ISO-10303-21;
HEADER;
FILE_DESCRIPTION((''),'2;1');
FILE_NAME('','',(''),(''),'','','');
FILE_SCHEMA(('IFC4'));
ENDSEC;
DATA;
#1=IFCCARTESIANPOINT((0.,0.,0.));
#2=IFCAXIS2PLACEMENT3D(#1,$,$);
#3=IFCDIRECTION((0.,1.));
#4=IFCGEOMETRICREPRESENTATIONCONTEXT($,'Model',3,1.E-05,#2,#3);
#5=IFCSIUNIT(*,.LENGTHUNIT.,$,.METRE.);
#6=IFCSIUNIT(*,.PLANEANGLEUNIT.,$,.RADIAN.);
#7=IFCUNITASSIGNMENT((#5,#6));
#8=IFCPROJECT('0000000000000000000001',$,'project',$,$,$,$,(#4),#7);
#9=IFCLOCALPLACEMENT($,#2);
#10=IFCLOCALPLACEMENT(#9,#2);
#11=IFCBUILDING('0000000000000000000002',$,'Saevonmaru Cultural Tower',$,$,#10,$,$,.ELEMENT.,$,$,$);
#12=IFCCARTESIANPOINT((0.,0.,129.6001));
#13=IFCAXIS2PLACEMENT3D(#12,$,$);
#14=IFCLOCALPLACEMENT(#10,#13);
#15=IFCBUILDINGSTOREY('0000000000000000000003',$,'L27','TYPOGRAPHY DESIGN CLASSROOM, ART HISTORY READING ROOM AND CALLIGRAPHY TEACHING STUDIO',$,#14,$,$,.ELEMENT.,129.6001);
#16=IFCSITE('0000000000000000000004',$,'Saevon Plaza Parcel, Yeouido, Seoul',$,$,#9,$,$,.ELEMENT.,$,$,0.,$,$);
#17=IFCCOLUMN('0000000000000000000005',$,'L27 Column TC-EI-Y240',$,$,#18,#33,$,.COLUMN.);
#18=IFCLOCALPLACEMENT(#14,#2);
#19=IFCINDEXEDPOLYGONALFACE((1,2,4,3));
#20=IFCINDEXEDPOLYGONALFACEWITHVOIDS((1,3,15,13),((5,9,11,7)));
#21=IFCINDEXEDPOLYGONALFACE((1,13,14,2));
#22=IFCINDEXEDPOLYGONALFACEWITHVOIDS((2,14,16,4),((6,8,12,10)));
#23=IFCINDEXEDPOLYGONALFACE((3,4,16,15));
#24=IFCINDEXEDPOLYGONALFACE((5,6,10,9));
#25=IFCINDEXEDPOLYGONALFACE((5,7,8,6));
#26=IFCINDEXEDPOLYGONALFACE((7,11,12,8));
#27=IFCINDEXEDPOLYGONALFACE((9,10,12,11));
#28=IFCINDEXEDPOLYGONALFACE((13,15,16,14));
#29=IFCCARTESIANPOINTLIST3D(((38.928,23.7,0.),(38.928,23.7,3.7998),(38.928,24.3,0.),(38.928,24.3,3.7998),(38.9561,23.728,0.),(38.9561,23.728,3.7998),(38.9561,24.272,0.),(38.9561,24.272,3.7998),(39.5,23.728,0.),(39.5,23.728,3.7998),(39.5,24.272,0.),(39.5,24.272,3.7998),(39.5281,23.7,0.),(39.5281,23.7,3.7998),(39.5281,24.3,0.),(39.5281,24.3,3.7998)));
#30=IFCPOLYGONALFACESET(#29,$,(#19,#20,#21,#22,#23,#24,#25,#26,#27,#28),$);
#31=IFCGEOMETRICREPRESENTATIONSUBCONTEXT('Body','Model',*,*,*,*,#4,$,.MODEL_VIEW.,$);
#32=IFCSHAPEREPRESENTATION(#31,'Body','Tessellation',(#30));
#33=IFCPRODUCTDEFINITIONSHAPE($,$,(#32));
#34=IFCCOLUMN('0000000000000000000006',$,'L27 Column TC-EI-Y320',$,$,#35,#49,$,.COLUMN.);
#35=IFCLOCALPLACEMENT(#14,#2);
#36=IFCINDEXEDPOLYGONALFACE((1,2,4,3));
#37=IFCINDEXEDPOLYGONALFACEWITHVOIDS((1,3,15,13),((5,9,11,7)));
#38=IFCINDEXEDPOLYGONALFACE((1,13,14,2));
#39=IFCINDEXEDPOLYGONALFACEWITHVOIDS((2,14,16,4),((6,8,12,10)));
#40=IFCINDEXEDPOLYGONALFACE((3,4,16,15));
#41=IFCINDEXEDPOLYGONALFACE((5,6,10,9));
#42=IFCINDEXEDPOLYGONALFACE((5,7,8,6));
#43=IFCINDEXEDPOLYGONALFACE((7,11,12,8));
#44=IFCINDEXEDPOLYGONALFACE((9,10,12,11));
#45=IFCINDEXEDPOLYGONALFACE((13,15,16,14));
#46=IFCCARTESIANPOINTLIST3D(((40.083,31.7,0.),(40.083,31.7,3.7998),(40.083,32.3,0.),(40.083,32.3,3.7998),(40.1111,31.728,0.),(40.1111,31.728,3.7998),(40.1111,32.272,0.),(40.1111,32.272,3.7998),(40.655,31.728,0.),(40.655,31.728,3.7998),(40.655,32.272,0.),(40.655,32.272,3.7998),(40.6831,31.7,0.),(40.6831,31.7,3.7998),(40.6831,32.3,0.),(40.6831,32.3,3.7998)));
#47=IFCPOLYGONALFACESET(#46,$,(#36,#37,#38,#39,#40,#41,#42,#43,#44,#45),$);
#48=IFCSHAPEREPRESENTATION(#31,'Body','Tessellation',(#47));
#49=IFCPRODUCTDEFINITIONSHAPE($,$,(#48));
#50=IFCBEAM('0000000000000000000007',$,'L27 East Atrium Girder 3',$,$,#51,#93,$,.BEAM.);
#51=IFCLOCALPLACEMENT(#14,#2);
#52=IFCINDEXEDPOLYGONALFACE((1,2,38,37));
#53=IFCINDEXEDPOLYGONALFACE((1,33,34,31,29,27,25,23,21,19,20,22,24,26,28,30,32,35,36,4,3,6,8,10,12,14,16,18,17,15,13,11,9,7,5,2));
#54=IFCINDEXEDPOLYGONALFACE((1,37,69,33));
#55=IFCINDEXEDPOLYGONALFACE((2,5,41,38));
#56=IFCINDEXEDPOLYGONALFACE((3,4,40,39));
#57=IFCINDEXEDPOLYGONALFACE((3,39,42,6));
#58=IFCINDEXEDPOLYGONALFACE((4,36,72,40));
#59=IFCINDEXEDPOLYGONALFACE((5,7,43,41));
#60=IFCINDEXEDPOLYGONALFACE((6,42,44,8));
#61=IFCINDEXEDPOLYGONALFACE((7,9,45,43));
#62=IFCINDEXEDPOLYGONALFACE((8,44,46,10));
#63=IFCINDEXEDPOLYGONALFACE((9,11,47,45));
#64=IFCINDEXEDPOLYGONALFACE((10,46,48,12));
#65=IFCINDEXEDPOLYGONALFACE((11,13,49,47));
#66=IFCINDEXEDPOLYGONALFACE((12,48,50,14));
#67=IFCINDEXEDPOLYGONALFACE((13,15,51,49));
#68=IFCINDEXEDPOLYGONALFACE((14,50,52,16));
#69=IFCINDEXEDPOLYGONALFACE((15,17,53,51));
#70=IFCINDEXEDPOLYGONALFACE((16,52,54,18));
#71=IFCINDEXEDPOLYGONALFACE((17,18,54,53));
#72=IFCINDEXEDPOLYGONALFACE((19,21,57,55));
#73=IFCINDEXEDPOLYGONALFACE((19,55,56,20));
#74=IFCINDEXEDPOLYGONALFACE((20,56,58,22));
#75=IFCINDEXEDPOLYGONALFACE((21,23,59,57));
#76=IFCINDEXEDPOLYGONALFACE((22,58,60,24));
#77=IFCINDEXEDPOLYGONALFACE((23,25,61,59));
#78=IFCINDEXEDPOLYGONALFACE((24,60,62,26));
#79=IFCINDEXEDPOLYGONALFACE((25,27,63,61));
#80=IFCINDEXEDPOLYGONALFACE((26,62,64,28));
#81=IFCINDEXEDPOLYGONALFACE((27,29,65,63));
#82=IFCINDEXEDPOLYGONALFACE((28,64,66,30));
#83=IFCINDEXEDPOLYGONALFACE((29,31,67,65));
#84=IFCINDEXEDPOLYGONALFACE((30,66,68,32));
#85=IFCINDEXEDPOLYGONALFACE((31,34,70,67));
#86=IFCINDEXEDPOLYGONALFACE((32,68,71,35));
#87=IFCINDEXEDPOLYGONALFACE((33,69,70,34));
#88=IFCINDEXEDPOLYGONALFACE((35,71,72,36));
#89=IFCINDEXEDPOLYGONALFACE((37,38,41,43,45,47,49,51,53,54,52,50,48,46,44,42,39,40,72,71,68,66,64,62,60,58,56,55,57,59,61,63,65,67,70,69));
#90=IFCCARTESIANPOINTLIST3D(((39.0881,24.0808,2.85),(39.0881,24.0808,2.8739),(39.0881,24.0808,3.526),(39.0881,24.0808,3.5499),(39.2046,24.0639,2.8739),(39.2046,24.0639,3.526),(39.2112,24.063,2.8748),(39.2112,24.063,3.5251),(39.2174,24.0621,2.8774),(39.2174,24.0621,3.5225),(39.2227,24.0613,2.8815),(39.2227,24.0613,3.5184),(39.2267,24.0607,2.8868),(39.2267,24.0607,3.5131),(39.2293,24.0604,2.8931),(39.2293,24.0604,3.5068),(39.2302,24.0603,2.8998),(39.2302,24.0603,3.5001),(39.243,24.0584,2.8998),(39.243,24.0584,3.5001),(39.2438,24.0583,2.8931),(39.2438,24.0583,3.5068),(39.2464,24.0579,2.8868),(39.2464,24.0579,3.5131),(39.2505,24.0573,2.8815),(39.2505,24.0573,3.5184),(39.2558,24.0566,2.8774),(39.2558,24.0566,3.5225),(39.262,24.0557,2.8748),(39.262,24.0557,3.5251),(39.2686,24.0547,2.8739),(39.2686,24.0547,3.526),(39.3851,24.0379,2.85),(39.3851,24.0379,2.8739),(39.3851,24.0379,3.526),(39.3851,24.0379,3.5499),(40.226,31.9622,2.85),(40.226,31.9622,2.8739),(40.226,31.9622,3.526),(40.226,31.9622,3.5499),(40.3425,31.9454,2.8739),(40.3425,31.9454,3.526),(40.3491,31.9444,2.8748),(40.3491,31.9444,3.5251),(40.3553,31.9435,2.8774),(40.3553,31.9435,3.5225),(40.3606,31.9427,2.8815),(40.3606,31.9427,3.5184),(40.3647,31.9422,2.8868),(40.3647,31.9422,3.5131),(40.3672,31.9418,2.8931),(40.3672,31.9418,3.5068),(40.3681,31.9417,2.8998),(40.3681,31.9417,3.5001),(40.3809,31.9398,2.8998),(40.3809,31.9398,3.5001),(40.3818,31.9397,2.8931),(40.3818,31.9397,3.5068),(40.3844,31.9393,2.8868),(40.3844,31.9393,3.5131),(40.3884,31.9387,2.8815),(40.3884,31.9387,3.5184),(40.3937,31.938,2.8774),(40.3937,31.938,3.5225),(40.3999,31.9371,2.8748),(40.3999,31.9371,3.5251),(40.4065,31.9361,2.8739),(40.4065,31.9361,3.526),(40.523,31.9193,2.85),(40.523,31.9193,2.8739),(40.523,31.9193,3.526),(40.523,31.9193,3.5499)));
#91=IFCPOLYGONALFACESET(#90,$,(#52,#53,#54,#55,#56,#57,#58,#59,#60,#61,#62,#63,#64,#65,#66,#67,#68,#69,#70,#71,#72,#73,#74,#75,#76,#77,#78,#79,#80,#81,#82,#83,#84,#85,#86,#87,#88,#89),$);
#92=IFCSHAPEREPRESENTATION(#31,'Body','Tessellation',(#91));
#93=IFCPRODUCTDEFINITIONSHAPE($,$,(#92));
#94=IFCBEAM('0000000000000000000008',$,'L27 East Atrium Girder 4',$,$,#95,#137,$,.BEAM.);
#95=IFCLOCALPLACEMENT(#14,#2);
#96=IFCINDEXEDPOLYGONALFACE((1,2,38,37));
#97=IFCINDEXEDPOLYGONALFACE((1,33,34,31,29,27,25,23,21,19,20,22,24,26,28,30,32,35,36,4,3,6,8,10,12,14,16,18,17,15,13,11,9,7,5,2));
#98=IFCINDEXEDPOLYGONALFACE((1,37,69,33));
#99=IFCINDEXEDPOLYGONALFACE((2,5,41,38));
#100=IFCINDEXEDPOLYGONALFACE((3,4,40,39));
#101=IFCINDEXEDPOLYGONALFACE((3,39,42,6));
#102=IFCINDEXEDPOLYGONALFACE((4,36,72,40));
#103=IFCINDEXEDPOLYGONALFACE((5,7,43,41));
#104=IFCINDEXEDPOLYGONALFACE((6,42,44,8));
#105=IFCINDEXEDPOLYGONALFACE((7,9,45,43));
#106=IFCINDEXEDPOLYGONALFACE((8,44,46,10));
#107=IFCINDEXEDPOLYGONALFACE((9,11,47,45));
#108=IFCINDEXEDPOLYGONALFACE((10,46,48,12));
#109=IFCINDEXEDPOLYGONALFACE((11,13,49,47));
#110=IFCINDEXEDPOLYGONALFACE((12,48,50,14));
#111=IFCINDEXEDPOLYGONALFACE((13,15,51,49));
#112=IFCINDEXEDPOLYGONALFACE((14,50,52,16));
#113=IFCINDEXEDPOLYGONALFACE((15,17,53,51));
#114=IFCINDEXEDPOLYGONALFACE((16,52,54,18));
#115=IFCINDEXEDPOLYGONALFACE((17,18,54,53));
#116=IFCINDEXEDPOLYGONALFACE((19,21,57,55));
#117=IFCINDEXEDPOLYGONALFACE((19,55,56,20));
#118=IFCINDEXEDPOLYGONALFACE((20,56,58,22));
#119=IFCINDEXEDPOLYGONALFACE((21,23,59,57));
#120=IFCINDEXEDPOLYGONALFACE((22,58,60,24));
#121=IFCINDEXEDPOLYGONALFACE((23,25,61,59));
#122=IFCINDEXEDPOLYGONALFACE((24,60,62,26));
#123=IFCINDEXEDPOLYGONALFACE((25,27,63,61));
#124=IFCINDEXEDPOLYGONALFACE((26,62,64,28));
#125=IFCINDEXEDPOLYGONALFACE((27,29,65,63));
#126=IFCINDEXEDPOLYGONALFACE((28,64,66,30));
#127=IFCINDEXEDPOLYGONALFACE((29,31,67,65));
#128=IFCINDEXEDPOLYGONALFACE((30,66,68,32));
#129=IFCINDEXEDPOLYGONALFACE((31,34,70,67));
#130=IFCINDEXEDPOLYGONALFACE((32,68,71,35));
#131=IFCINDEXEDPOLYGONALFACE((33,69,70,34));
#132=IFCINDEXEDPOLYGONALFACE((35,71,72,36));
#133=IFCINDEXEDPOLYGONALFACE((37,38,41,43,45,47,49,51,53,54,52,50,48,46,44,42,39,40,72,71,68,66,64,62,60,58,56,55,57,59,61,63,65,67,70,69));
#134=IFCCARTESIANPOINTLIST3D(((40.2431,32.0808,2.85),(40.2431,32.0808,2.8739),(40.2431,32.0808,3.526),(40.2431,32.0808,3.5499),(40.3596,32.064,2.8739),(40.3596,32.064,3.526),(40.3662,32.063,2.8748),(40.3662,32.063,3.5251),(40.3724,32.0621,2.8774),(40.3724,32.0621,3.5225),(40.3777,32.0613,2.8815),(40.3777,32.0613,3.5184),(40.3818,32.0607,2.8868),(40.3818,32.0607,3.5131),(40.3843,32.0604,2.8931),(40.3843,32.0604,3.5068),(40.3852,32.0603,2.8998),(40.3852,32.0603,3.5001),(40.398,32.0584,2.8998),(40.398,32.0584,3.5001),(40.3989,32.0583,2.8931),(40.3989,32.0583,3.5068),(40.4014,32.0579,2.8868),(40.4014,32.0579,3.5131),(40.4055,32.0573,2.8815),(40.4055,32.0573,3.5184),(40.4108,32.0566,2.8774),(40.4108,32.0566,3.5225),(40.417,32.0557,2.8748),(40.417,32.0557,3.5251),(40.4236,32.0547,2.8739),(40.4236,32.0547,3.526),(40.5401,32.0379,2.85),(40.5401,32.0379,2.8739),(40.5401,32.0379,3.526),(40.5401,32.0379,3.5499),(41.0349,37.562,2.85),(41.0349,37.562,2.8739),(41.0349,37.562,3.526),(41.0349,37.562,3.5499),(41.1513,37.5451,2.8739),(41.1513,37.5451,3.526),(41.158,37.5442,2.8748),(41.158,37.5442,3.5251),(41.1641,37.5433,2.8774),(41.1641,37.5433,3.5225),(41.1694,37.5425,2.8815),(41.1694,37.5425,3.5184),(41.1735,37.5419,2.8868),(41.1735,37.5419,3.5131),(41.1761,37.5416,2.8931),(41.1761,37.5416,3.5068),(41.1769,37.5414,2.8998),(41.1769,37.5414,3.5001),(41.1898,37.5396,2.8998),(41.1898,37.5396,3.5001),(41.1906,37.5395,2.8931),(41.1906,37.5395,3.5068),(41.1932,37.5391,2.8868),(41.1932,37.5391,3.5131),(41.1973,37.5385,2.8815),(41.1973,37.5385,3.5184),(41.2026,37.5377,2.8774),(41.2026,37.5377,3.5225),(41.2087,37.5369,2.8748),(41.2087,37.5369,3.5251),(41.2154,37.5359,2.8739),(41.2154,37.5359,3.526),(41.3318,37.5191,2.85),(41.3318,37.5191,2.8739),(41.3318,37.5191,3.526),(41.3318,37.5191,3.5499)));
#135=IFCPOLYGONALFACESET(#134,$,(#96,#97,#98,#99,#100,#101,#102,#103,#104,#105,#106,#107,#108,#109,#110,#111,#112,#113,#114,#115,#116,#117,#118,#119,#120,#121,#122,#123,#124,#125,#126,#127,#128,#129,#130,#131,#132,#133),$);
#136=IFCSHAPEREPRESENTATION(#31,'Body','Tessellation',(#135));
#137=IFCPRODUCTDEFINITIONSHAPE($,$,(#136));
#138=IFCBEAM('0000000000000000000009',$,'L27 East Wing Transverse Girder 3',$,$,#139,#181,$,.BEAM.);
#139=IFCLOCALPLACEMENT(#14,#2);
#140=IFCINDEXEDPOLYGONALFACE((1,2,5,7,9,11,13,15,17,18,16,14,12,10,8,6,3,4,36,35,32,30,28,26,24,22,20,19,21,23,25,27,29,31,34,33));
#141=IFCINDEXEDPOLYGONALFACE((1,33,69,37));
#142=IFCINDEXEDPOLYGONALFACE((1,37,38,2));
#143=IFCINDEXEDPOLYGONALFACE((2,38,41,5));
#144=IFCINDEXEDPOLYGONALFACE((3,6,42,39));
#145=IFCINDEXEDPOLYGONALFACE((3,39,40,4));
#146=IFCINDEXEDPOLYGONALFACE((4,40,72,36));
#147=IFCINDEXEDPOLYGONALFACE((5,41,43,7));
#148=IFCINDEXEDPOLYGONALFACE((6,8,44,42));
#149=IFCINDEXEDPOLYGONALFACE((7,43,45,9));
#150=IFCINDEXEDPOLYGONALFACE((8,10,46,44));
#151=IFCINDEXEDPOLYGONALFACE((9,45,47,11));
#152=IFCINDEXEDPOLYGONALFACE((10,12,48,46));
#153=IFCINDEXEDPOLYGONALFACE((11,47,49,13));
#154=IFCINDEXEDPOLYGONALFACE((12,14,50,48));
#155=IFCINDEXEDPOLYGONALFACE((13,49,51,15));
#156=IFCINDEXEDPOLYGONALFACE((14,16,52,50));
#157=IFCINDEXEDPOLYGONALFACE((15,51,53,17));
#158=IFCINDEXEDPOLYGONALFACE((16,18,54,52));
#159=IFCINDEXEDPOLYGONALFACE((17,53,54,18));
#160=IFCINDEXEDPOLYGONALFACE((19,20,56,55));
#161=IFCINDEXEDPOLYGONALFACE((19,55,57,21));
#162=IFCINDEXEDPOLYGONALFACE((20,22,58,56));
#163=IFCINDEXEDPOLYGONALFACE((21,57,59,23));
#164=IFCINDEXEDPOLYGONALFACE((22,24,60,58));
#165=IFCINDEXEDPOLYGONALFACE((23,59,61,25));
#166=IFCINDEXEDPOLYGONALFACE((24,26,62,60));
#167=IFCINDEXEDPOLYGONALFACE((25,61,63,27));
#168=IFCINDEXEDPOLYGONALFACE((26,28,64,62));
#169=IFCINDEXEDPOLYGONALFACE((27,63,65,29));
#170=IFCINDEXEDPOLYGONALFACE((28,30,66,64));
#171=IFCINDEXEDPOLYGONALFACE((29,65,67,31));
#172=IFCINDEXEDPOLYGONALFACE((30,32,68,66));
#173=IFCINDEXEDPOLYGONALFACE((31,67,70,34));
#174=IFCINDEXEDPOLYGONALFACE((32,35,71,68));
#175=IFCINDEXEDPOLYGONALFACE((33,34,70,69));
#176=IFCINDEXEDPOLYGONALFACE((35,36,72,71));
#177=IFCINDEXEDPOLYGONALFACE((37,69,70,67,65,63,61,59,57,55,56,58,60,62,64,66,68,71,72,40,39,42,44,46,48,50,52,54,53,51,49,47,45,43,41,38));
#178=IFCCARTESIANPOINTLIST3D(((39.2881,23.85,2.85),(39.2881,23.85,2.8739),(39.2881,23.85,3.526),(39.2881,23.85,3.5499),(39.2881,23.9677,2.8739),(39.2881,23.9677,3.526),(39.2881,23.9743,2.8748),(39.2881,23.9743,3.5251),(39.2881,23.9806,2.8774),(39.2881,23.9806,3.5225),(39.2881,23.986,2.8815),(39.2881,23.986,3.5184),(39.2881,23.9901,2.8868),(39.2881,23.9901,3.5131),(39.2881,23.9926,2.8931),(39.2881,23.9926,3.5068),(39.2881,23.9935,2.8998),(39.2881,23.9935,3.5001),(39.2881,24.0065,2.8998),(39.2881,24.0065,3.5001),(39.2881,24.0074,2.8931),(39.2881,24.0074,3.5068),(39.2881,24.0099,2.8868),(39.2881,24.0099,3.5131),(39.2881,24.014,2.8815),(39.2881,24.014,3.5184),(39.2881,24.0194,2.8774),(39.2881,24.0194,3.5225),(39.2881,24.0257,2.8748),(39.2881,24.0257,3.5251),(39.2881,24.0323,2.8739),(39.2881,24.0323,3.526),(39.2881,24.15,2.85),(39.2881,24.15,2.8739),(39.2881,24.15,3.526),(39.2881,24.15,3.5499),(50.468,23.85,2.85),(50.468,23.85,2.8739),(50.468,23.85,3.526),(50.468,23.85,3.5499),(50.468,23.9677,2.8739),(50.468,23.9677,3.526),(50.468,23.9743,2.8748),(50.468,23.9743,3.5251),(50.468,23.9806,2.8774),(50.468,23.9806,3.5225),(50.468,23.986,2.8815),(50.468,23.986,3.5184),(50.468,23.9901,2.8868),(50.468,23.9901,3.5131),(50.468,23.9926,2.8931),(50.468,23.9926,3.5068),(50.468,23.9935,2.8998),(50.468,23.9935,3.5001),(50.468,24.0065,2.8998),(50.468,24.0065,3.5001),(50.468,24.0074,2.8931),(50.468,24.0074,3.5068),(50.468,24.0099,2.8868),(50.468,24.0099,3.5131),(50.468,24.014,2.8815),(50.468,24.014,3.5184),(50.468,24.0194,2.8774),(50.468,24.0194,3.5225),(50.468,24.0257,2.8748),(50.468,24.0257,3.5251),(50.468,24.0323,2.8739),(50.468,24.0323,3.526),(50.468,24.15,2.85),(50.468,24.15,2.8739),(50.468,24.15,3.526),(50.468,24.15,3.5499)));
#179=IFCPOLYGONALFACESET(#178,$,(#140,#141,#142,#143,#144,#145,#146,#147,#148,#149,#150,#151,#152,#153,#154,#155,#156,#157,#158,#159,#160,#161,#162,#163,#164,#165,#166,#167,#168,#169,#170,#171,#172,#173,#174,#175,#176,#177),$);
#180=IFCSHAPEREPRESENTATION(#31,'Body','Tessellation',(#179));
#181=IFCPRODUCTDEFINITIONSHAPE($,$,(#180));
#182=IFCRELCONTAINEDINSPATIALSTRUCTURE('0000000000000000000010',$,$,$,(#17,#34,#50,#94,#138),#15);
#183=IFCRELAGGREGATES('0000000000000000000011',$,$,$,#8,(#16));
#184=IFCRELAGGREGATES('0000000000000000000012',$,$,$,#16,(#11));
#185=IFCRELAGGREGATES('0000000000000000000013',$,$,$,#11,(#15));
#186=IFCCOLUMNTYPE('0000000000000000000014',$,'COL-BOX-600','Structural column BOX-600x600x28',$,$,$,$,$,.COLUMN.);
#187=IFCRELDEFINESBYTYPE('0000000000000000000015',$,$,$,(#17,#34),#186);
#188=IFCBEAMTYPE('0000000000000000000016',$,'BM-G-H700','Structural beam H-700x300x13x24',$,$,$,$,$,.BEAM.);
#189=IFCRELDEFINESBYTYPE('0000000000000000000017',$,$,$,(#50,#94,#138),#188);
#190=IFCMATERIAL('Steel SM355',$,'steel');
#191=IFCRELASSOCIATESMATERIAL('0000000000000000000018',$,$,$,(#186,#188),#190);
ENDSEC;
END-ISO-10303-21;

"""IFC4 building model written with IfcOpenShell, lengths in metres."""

from ifc_helpers import new_model, si_unit, direction, frame, origin, origin_2d, place, context, subcontext, project, spatial, hollow_rectangle, i_section, extrude, material, material_profile, profile_set, type_object, element, save


model = new_model("IFC4")

# Units and contexts
model_context = context("Model", 3, precision=1e-05, world=origin(), true_north=direction((0.0, 1.0)))
body_context = subcontext(model_context, "Body", "Model", "MODEL_VIEW")
ifc_project = project(units=[si_unit("LENGTHUNIT", "METRE"), si_unit("PLANEANGLEUNIT", "RADIAN")], contexts=[model_context])

# Site, building, storey
site_placement = place(None, origin())
site = spatial("IfcSite", under=ifc_project, at=site_placement, Name="Saevon Plaza Parcel, Yeouido, Seoul", CompositionType="ELEMENT", RefElevation=0.0)
building_placement = place(site_placement, origin())
building = spatial("IfcBuilding", under=site, at=building_placement, Name="Saevonmaru Cultural Tower", CompositionType="ELEMENT")
storey_placement = place(building_placement, frame((0.0, 0.0, 129.6001)))
storey = spatial("IfcBuildingStorey", under=building, at=storey_placement, Name="L27", Description="TYPOGRAPHY DESIGN CLASSROOM, ART HISTORY READING ROOM AND CALLIGRAPHY TEACHING STUDIO", CompositionType="ELEMENT", Elevation=129.6001)

# Columns
ifc_material_1 = material(Name="Steel SM355", Category="steel")
ifc_material_profile_1 = material_profile(ifc_material_1, hollow_rectangle(XDim=0.6001, YDim=0.6001, WallThickness=0.0281, at=origin_2d()), Name="BOX-600x600x28")
ifc_profile_set_1 = profile_set([ifc_material_profile_1], Name="Steel SM355")
column_type = type_object("IfcColumnType", Name="COL-BOX-600", Description="Structural column BOX-600x600x28", PredefinedType="COLUMN", material=ifc_profile_set_1)
for number, where, z_axis, x_axis, name in (
    (1, (39.228, 24.0, 0.0), (0.0, 0.0, 1.0), (1.0, 0.0, 0.0), "L27 Column TC-EI-Y240"),
    (2, (40.3831, 32.0, 0.0), (0.0, 0.0, 1.0), (1.0, 0.0, 0.0), "L27 Column TC-EI-Y320"),
):
    element("IfcColumn", number, at=place(storey_placement, frame(where, z_axis=z_axis, x_axis=x_axis)), inside=storey, type_object=column_type, Name=name, PredefinedType="COLUMN", context=body_context, shape_type="SweptSolid", body=[
        extrude(hollow_rectangle(XDim=0.6001, YDim=0.6001, WallThickness=0.0281, at=origin_2d()), origin(), (0.0, 0.0, 1.0), 3.7998),
    ])

# Beams
ifc_material_profile_2 = material_profile(ifc_material_1, i_section(OverallWidth=0.3, OverallDepth=0.7, WebThickness=0.0129, FlangeThickness=0.0239, FilletRadius=0.0259, at=origin_2d()), Name="H-700x300x13x24")
ifc_profile_set_2 = profile_set([ifc_material_profile_2], Name="Steel SM355")
beam_type_1 = type_object("IfcBeamType", Name="BM-G-H700", Description="Structural beam H-700x300x13x24", PredefinedType="BEAM", material=ifc_profile_set_2)
beam_1_placement = place(storey_placement, frame((39.2366, 24.0593, 3.2), z_axis=(0.142902, 0.989737, 0.0), x_axis=(-0.989737, 0.142902, 0.0)))
element("IfcBeam", 3, at=beam_1_placement, inside=storey, type_object=beam_type_1, Name="L27 East Atrium Girder 3", PredefinedType="BEAM", context=body_context, shape_type="SweptSolid", body=[
    extrude(i_section(OverallWidth=0.3, OverallDepth=0.7, WebThickness=0.0129, FlangeThickness=0.0239, FilletRadius=0.0259, at=origin_2d()), origin(), (0.0, 0.0, 1.0), 7.9631),
])
beam_2_placement = place(storey_placement, frame((40.3916, 32.0593, 3.2), z_axis=(0.142964, 0.989728, 0.0), x_axis=(-0.989728, 0.142964, 0.0)))
element("IfcBeam", 4, at=beam_2_placement, inside=storey, type_object=beam_type_1, Name="L27 East Atrium Girder 4", PredefinedType="BEAM", context=body_context, shape_type="SweptSolid", body=[
    extrude(i_section(OverallWidth=0.3, OverallDepth=0.7, WebThickness=0.0129, FlangeThickness=0.0239, FilletRadius=0.0259, at=origin_2d()), origin(), (0.0, 0.0, 1.0), 5.5381),
])
beam_3_placement = place(storey_placement, frame((39.2881, 24.0, 3.2), z_axis=(1.0, 0.0, 0.0), x_axis=(0.0, 1.0, 0.0)))
element("IfcBeam", 5, at=beam_3_placement, inside=storey, type_object=beam_type_1, Name="L27 East Wing Transverse Girder 3", PredefinedType="BEAM", context=body_context, shape_type="SweptSolid", body=[
    extrude(i_section(OverallWidth=0.3, OverallDepth=0.7, WebThickness=0.0129, FlangeThickness=0.0239, FilletRadius=0.0259, at=origin_2d()), origin(), (0.0, 0.0, 1.0), 11.1799),
])

save(model, "model.ifc")
